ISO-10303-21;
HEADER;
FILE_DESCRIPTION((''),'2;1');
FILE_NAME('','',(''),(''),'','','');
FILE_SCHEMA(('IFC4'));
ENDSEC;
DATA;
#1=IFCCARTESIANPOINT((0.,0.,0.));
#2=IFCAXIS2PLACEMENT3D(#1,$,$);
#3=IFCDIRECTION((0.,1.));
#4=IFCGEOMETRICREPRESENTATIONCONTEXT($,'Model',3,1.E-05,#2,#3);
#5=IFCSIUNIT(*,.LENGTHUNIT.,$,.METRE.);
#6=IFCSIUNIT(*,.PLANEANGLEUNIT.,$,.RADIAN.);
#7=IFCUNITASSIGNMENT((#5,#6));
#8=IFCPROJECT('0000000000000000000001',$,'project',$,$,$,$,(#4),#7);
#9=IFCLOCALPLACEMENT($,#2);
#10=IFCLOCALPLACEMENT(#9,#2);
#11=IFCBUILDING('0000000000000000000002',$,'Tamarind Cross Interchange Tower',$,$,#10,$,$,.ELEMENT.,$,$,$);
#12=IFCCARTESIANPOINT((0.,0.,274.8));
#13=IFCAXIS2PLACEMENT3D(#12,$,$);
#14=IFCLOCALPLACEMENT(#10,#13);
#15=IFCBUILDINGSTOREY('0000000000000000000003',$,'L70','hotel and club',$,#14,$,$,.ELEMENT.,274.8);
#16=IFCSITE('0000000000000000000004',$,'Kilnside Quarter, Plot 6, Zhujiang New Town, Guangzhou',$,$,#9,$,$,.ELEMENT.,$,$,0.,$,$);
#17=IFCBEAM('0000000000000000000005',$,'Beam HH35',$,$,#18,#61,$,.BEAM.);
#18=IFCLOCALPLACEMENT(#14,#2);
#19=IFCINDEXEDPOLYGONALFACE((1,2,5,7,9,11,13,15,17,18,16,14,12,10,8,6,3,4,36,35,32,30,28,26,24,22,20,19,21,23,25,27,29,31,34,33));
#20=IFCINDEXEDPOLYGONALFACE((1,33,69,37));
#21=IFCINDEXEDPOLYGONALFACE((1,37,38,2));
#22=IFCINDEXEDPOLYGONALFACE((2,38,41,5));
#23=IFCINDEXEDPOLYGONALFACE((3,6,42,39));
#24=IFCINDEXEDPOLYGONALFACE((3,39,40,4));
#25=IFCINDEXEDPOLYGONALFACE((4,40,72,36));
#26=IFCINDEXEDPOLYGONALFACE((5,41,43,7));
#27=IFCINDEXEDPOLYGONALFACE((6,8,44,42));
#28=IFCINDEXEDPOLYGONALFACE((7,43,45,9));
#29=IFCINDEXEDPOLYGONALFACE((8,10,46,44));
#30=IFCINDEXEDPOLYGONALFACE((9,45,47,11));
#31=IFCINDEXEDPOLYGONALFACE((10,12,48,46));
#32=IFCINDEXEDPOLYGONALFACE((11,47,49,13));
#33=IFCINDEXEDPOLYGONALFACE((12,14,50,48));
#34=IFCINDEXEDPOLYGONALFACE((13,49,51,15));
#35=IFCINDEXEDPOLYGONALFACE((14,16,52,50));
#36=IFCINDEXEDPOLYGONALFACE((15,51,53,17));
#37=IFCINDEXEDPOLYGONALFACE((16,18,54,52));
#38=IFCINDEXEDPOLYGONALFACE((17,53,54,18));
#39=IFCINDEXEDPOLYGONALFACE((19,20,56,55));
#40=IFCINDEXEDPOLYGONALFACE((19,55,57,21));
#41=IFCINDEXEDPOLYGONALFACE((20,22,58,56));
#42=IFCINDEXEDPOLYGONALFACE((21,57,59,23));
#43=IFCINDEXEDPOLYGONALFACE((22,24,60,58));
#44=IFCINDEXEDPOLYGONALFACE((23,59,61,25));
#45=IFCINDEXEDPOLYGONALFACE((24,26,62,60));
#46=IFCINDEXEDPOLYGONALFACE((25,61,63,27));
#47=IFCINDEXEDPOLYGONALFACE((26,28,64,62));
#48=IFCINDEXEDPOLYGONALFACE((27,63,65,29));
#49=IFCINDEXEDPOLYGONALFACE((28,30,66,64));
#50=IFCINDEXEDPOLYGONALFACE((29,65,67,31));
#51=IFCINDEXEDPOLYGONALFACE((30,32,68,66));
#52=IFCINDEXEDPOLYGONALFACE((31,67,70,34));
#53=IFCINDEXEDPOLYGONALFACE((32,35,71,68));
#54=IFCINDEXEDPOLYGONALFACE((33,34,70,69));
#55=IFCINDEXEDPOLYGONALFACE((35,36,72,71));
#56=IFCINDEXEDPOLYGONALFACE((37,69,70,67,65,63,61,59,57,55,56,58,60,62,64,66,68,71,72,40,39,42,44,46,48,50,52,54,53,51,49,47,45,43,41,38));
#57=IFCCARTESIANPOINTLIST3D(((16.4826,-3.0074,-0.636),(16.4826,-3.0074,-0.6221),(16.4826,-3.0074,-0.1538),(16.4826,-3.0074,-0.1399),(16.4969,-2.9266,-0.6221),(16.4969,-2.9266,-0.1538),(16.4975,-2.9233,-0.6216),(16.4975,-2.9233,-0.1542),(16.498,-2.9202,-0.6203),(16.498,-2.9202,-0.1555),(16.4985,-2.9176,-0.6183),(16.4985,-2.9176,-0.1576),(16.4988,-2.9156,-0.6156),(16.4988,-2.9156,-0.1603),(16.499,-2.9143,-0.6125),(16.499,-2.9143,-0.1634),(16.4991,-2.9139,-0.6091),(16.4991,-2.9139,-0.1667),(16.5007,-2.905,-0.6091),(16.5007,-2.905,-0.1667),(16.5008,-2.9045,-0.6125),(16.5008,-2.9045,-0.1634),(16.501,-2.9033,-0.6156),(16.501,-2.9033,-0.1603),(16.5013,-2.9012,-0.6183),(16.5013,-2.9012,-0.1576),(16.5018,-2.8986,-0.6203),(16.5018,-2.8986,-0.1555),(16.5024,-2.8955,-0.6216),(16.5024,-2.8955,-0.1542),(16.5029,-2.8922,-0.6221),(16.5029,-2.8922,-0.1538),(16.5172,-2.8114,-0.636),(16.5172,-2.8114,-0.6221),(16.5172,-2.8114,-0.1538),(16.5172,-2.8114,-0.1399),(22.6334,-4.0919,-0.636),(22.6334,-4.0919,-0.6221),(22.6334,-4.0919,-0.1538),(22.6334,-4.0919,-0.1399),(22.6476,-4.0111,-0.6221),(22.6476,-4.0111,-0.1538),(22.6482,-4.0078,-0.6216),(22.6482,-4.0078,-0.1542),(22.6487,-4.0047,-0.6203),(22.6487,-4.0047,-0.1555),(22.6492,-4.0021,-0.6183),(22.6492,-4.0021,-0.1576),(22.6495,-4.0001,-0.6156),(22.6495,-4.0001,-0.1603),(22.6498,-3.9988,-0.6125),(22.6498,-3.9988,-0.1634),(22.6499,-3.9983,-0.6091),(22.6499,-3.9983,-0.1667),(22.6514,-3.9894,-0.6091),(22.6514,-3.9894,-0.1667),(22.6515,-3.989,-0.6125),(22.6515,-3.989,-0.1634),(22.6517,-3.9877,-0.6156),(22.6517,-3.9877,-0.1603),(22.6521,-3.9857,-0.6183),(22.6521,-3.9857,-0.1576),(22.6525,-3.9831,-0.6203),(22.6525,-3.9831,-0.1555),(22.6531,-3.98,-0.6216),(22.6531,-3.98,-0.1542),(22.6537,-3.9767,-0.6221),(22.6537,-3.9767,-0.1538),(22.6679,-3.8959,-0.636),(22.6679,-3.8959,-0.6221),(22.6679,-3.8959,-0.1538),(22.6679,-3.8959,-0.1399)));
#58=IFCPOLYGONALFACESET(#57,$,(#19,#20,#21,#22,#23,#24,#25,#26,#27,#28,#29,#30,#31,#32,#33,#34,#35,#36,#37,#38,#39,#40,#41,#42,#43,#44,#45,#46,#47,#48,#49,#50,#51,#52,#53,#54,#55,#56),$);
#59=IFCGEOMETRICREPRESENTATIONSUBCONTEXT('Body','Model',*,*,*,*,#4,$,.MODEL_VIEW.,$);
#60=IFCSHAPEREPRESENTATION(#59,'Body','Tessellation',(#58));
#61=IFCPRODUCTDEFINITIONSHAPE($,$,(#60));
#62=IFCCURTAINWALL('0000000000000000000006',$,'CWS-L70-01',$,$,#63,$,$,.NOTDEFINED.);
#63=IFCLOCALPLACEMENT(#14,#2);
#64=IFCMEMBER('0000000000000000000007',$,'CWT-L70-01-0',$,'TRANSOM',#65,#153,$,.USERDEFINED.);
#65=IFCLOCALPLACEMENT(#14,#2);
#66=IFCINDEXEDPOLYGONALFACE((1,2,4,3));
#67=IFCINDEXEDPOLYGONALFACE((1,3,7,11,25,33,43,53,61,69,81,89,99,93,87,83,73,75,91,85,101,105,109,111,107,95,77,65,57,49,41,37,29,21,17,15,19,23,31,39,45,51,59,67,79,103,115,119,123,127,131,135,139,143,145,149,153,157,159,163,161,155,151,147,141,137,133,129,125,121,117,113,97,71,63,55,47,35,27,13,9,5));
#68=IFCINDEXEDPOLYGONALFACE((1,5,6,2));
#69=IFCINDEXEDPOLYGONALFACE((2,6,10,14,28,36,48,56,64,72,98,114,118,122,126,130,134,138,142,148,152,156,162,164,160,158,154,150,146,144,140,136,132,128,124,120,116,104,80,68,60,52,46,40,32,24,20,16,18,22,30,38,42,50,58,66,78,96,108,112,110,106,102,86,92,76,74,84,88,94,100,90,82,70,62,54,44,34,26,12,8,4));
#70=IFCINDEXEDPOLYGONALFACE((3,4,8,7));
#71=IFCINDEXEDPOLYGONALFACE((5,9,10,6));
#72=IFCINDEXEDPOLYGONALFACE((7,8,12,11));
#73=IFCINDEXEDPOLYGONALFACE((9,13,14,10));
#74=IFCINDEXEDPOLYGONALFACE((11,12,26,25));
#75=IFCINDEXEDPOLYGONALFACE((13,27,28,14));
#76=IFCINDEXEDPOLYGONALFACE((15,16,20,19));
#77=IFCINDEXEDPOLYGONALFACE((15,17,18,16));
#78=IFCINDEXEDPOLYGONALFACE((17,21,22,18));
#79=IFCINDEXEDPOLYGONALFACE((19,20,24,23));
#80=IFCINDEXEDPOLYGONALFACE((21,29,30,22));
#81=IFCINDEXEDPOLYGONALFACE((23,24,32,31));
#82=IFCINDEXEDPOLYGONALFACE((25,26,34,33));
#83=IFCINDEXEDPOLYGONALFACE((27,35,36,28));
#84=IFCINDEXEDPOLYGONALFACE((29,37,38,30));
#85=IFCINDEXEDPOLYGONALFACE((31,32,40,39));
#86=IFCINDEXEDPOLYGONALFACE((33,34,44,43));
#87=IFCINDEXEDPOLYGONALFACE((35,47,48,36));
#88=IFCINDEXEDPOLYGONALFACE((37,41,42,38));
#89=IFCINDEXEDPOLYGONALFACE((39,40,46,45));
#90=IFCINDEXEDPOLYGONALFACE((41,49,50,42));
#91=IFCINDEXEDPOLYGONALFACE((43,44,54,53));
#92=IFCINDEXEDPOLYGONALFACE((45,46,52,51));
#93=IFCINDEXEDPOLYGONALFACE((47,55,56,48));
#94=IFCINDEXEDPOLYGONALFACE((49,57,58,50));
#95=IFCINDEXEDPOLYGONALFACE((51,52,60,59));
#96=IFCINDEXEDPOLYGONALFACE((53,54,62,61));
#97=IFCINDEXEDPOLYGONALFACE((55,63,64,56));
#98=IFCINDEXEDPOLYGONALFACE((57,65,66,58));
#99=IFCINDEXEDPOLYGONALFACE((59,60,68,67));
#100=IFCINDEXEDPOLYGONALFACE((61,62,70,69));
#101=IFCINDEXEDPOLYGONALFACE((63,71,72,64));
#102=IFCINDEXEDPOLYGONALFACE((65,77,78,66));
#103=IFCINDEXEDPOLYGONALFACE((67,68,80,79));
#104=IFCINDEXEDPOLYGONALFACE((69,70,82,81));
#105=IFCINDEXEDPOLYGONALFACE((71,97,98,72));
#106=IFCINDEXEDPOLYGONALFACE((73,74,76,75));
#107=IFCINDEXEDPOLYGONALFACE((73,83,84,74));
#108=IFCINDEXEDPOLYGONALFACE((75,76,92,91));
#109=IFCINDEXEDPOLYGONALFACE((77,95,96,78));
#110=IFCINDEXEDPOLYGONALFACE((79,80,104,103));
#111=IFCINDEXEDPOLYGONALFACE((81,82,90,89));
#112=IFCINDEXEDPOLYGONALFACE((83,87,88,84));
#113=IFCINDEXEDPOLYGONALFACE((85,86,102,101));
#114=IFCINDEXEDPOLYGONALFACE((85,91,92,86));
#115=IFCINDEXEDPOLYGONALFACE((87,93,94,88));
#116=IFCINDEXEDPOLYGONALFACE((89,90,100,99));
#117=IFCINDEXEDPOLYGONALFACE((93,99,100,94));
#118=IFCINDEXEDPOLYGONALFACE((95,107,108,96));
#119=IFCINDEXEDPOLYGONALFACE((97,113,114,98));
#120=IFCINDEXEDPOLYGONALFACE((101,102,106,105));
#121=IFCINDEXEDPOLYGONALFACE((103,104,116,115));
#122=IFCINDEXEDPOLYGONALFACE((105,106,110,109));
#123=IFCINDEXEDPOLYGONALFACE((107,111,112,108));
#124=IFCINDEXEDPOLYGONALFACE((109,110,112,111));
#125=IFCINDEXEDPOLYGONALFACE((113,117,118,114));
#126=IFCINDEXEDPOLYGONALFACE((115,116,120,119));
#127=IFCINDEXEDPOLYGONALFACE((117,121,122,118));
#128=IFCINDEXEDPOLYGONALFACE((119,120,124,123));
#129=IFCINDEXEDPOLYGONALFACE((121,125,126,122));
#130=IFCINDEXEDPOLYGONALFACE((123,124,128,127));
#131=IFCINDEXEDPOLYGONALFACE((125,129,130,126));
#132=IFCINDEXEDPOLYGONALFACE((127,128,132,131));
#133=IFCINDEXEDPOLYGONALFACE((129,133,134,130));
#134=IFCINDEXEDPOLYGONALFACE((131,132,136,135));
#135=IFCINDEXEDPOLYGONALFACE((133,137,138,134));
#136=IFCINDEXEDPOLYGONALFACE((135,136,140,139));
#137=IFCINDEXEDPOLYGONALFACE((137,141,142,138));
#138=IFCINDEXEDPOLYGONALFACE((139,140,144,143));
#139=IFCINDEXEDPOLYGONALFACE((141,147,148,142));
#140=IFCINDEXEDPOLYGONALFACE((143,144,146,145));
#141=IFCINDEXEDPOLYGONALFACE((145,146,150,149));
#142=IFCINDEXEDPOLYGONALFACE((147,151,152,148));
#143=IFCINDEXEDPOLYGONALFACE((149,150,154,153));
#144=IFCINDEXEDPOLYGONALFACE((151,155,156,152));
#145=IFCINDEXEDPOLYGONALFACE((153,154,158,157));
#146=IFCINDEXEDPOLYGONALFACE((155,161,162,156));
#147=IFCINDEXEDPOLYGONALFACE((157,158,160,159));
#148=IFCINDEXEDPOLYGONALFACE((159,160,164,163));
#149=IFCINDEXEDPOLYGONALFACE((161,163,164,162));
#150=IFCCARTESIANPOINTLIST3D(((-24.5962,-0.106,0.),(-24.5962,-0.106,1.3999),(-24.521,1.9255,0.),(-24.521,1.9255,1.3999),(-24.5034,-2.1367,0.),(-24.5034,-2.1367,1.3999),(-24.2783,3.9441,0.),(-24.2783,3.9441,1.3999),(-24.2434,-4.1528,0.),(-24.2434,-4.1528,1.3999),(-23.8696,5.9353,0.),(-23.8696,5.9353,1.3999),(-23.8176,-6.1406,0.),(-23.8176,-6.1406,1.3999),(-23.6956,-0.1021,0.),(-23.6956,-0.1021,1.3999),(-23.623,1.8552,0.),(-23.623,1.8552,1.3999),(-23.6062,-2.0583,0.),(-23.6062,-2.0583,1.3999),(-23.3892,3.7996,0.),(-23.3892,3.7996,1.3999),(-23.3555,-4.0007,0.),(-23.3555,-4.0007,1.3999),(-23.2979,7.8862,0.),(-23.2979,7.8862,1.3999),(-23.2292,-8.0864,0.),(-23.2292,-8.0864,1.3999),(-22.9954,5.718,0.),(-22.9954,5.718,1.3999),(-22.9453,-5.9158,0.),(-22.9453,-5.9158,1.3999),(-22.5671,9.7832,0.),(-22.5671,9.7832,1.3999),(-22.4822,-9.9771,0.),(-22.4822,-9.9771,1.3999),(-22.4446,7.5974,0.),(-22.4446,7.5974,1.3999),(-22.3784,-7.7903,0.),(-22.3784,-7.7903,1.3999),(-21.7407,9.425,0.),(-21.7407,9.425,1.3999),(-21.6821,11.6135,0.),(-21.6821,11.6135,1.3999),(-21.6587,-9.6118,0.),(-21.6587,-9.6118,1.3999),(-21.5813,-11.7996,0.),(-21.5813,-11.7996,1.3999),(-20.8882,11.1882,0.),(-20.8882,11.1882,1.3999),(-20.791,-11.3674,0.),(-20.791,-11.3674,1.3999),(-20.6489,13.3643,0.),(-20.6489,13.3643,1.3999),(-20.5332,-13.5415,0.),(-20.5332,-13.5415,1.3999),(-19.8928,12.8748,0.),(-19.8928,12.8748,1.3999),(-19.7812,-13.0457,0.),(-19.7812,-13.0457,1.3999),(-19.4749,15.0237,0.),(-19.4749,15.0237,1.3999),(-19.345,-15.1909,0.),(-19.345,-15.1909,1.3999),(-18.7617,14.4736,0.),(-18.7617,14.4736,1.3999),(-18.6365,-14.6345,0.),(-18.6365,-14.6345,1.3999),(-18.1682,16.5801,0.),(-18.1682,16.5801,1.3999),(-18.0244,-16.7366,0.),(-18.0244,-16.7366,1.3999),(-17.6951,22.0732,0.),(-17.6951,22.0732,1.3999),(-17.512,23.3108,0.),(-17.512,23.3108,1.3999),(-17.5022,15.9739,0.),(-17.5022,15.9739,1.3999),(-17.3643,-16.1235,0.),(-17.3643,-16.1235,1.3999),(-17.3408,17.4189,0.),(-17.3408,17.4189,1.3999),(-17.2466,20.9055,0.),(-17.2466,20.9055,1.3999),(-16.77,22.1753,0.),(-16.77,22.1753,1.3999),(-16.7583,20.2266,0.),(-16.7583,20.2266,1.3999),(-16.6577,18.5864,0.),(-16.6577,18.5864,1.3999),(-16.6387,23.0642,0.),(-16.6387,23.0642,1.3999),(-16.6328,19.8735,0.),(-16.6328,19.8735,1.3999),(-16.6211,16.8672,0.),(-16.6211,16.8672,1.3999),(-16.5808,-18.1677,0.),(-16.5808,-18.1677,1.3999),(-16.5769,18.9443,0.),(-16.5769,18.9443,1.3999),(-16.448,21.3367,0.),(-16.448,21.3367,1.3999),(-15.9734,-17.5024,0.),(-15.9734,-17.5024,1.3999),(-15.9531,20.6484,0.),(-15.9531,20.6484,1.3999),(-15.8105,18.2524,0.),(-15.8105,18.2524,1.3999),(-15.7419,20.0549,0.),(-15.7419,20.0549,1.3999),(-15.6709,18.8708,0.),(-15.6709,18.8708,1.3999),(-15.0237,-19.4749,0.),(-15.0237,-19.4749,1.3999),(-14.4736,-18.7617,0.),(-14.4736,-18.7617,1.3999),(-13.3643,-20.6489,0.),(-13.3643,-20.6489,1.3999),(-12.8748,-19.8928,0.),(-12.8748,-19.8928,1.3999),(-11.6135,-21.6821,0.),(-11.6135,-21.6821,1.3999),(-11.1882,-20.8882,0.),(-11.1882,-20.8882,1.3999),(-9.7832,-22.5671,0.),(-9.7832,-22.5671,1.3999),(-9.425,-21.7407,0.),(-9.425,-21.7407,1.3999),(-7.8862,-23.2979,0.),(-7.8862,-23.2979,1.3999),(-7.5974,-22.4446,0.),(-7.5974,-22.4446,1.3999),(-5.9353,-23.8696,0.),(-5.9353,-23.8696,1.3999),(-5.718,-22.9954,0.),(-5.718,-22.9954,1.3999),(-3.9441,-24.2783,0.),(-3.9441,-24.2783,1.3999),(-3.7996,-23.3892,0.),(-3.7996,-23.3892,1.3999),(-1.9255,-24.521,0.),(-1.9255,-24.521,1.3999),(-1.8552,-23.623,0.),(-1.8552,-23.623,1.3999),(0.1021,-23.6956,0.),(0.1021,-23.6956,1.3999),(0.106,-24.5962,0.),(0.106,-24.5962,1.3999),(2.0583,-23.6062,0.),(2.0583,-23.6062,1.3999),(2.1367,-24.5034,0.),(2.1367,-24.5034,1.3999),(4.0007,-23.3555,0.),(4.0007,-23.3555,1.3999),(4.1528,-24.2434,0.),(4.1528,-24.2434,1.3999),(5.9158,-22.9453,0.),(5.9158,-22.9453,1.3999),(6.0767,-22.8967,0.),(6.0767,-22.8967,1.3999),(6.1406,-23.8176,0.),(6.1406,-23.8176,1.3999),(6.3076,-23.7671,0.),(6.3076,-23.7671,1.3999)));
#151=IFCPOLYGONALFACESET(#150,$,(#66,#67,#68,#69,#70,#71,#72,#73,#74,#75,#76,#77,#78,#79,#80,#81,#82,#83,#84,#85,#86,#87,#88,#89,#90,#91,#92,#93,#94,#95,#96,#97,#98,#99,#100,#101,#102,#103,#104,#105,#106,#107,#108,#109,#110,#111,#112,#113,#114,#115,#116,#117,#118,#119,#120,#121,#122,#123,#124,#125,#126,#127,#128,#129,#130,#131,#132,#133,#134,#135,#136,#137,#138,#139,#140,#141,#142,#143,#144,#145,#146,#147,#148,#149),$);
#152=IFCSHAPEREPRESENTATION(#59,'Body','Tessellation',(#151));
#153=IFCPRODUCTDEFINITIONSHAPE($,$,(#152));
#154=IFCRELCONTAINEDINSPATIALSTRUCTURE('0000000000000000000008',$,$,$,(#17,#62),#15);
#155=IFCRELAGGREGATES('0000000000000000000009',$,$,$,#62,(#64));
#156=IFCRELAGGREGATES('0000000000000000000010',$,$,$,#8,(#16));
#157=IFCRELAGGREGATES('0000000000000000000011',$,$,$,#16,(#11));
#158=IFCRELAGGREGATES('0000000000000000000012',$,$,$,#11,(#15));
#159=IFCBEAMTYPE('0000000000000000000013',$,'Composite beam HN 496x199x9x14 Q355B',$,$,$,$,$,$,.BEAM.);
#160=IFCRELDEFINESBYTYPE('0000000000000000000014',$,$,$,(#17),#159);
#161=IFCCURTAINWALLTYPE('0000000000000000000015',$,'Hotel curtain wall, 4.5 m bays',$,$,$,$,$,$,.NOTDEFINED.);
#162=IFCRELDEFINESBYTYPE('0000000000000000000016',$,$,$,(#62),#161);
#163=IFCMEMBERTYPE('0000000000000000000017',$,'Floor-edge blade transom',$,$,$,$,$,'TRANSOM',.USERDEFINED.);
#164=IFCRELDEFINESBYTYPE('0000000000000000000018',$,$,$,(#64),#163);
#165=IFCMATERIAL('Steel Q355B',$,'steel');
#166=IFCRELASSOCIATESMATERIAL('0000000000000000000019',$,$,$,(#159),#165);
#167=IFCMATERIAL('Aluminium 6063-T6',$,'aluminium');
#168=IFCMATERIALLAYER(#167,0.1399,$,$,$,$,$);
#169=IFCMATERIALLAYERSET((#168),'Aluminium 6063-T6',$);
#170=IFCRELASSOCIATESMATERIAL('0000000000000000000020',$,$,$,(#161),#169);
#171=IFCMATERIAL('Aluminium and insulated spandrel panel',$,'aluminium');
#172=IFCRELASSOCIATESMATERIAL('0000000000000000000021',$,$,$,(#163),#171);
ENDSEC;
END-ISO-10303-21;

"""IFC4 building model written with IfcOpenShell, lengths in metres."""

from ifc_helpers import new_model, si_unit, direction, frame, origin, origin_2d, place, context, subcontext, project, spatial, polyline, i_section, outline, extrude, material, layer, layer_set, material_profile, profile_set, type_object, element, aggregate, save


model = new_model("IFC4")

# Units and contexts
model_context = context("Model", 3, precision=1e-05, world=origin(), true_north=direction((0.0, 1.0)))
body_context = subcontext(model_context, "Body", "Model", "MODEL_VIEW")
ifc_project = project(units=[si_unit("LENGTHUNIT", "METRE"), si_unit("PLANEANGLEUNIT", "RADIAN")], contexts=[model_context])

# Site, building, storey
site_placement = place(None, origin())
site = spatial("IfcSite", under=ifc_project, at=site_placement, Name="Kilnside Quarter, Plot 6, Zhujiang New Town, Guangzhou", CompositionType="ELEMENT", RefElevation=0.0)
building_placement = place(site_placement, origin())
building = spatial("IfcBuilding", under=site, at=building_placement, Name="Tamarind Cross Interchange Tower", CompositionType="ELEMENT")
storey_placement = place(building_placement, frame((0.0, 0.0, 274.8)))
storey = spatial("IfcBuildingStorey", under=building, at=storey_placement, Name="L70", Description="hotel and club", CompositionType="ELEMENT", Elevation=274.8)

# Beam
ifc_material_1 = material(Name="Steel Q355B", Category="steel")
ifc_material_profile_1 = material_profile(ifc_material_1, i_section(OverallWidth=0.199, OverallDepth=0.4961, WebThickness=0.009, FlangeThickness=0.0139, FilletRadius=0.0129, at=origin_2d()), Name="HN 496x199x9x14")
ifc_profile_set_1 = profile_set([ifc_material_profile_1], Name="Steel Q355B")
beam_type = type_object("IfcBeamType", Name="Composite beam HN 496x199x9x14 Q355B", PredefinedType="BEAM", material=ifc_profile_set_1)
beam_1_placement = place(storey_placement, frame((22.6506, -3.9939, -0.3879), z_axis=(-0.984809, 0.17364, 0.0), x_axis=(-0.17364, -0.984809, 0.0)))
element("IfcBeam", 1, at=beam_1_placement, inside=storey, type_object=beam_type, Name="Beam HH35", PredefinedType="BEAM", context=body_context, shape_type="SweptSolid", body=[
    extrude(i_section(OverallWidth=0.199, OverallDepth=0.4961, WebThickness=0.009, FlangeThickness=0.0139, FilletRadius=0.0129, at=origin_2d()), origin(), (0.0, 0.0, 1.0), 6.2456),
])

# Curtain wall, member
ifc_material_2 = material(Name="Aluminium 6063-T6", Category="aluminium")
ifc_layer_1 = layer(ifc_material_2, 0.1399)
ifc_layer_set_1 = layer_set([ifc_layer_1], Name="Aluminium 6063-T6")
curtain_wall_type = type_object("IfcCurtainWallType", Name="Hotel curtain wall, 4.5 m bays", PredefinedType="NOTDEFINED", material=ifc_layer_set_1)
curtain_wall_placement = place(storey_placement, origin())
curtain_wall = element("IfcCurtainWall", 2, at=curtain_wall_placement, inside=storey, type_object=curtain_wall_type, Name="CWS-L70-01", PredefinedType="NOTDEFINED")
ifc_material_3 = material(Name="Aluminium and insulated spandrel panel", Category="aluminium")
member_type_1 = type_object("IfcMemberType", Name="Floor-edge blade transom", ElementType="TRANSOM", PredefinedType="USERDEFINED", material=ifc_material_3)
member_1_placement = place(storey_placement, origin())
member_1 = element("IfcMember", 3, at=member_1_placement, type_object=member_type_1, Name="CWT-L70-01-0", ObjectType="TRANSOM", PredefinedType="USERDEFINED", context=body_context, shape_type="SweptSolid", body=[
    extrude(outline(polyline([(-16.6387, 23.0642), (-16.77, 22.1753), (-16.448, 21.3367), (-15.9531, 20.6484), (-15.7419, 20.0549), (-15.6709, 18.8708), (-15.8105, 18.2524), (-16.6211, 16.8672), (-17.5022, 15.9739), (-18.7617, 14.4736), (-19.8928, 12.8748), (-20.8882, 11.1882), (-21.7407, 9.425), (-22.4446, 7.5974), (-22.9954, 5.718), (-23.3892, 3.7996), (-23.623, 1.8552), (-23.6956, -0.1021), (-23.6062, -2.0583), (-23.3555, -4.0007), (-22.9453, -5.9158), (-22.3784, -7.7903), (-21.6587, -9.6118), (-20.791, -11.3674), (-19.7812, -13.0457), (-18.6365, -14.6345), (-17.3643, -16.1235), (-15.9734, -17.5024), (-14.4736, -18.7617), (-12.8748, -19.8928), (-11.1882, -20.8882), (-9.425, -21.7407), (-7.5974, -22.4446), (-5.718, -22.9954), (-3.7996, -23.3892), (-1.8552, -23.623), (0.1021, -23.6956), (2.0583, -23.6062), (4.0007, -23.3555), (5.9158, -22.9453), (6.0767, -22.8967), (6.3076, -23.7671), (6.1406, -23.8176), (4.1528, -24.2434), (2.1367, -24.5034), (0.106, -24.5962), (-1.9255, -24.521), (-3.9441, -24.2783), (-5.9353, -23.8696), (-7.8862, -23.2979), (-9.7832, -22.5671), (-11.6135, -21.6821), (-13.3643, -20.6489), (-15.0237, -19.4749), (-16.5808, -18.1677), (-18.0244, -16.7366), (-19.345, -15.1909), (-20.5332, -13.5415), (-21.5813, -11.7996), (-22.4822, -9.9771), (-23.2292, -8.0864), (-23.8176, -6.1406), (-24.2434, -4.1528), (-24.5034, -2.1367), (-24.5962, -0.106), (-24.521, 1.9255), (-24.2783, 3.9441), (-23.8696, 5.9353), (-23.2979, 7.8862), (-22.5671, 9.7832), (-21.6821, 11.6135), (-20.6489, 13.3643), (-19.4749, 15.0237), (-18.1682, 16.5801), (-17.3408, 17.4189), (-16.6577, 18.5864), (-16.5769, 18.9443), (-16.6328, 19.8735), (-16.7583, 20.2266), (-17.2466, 20.9055), (-17.6951, 22.0732), (-17.512, 23.3108), (-16.6387, 23.0642)])), origin(), (0.0, 0.0, 1.0), 1.3999),
])
aggregate(curtain_wall, [member_1])

save(model, "model.ifc")
